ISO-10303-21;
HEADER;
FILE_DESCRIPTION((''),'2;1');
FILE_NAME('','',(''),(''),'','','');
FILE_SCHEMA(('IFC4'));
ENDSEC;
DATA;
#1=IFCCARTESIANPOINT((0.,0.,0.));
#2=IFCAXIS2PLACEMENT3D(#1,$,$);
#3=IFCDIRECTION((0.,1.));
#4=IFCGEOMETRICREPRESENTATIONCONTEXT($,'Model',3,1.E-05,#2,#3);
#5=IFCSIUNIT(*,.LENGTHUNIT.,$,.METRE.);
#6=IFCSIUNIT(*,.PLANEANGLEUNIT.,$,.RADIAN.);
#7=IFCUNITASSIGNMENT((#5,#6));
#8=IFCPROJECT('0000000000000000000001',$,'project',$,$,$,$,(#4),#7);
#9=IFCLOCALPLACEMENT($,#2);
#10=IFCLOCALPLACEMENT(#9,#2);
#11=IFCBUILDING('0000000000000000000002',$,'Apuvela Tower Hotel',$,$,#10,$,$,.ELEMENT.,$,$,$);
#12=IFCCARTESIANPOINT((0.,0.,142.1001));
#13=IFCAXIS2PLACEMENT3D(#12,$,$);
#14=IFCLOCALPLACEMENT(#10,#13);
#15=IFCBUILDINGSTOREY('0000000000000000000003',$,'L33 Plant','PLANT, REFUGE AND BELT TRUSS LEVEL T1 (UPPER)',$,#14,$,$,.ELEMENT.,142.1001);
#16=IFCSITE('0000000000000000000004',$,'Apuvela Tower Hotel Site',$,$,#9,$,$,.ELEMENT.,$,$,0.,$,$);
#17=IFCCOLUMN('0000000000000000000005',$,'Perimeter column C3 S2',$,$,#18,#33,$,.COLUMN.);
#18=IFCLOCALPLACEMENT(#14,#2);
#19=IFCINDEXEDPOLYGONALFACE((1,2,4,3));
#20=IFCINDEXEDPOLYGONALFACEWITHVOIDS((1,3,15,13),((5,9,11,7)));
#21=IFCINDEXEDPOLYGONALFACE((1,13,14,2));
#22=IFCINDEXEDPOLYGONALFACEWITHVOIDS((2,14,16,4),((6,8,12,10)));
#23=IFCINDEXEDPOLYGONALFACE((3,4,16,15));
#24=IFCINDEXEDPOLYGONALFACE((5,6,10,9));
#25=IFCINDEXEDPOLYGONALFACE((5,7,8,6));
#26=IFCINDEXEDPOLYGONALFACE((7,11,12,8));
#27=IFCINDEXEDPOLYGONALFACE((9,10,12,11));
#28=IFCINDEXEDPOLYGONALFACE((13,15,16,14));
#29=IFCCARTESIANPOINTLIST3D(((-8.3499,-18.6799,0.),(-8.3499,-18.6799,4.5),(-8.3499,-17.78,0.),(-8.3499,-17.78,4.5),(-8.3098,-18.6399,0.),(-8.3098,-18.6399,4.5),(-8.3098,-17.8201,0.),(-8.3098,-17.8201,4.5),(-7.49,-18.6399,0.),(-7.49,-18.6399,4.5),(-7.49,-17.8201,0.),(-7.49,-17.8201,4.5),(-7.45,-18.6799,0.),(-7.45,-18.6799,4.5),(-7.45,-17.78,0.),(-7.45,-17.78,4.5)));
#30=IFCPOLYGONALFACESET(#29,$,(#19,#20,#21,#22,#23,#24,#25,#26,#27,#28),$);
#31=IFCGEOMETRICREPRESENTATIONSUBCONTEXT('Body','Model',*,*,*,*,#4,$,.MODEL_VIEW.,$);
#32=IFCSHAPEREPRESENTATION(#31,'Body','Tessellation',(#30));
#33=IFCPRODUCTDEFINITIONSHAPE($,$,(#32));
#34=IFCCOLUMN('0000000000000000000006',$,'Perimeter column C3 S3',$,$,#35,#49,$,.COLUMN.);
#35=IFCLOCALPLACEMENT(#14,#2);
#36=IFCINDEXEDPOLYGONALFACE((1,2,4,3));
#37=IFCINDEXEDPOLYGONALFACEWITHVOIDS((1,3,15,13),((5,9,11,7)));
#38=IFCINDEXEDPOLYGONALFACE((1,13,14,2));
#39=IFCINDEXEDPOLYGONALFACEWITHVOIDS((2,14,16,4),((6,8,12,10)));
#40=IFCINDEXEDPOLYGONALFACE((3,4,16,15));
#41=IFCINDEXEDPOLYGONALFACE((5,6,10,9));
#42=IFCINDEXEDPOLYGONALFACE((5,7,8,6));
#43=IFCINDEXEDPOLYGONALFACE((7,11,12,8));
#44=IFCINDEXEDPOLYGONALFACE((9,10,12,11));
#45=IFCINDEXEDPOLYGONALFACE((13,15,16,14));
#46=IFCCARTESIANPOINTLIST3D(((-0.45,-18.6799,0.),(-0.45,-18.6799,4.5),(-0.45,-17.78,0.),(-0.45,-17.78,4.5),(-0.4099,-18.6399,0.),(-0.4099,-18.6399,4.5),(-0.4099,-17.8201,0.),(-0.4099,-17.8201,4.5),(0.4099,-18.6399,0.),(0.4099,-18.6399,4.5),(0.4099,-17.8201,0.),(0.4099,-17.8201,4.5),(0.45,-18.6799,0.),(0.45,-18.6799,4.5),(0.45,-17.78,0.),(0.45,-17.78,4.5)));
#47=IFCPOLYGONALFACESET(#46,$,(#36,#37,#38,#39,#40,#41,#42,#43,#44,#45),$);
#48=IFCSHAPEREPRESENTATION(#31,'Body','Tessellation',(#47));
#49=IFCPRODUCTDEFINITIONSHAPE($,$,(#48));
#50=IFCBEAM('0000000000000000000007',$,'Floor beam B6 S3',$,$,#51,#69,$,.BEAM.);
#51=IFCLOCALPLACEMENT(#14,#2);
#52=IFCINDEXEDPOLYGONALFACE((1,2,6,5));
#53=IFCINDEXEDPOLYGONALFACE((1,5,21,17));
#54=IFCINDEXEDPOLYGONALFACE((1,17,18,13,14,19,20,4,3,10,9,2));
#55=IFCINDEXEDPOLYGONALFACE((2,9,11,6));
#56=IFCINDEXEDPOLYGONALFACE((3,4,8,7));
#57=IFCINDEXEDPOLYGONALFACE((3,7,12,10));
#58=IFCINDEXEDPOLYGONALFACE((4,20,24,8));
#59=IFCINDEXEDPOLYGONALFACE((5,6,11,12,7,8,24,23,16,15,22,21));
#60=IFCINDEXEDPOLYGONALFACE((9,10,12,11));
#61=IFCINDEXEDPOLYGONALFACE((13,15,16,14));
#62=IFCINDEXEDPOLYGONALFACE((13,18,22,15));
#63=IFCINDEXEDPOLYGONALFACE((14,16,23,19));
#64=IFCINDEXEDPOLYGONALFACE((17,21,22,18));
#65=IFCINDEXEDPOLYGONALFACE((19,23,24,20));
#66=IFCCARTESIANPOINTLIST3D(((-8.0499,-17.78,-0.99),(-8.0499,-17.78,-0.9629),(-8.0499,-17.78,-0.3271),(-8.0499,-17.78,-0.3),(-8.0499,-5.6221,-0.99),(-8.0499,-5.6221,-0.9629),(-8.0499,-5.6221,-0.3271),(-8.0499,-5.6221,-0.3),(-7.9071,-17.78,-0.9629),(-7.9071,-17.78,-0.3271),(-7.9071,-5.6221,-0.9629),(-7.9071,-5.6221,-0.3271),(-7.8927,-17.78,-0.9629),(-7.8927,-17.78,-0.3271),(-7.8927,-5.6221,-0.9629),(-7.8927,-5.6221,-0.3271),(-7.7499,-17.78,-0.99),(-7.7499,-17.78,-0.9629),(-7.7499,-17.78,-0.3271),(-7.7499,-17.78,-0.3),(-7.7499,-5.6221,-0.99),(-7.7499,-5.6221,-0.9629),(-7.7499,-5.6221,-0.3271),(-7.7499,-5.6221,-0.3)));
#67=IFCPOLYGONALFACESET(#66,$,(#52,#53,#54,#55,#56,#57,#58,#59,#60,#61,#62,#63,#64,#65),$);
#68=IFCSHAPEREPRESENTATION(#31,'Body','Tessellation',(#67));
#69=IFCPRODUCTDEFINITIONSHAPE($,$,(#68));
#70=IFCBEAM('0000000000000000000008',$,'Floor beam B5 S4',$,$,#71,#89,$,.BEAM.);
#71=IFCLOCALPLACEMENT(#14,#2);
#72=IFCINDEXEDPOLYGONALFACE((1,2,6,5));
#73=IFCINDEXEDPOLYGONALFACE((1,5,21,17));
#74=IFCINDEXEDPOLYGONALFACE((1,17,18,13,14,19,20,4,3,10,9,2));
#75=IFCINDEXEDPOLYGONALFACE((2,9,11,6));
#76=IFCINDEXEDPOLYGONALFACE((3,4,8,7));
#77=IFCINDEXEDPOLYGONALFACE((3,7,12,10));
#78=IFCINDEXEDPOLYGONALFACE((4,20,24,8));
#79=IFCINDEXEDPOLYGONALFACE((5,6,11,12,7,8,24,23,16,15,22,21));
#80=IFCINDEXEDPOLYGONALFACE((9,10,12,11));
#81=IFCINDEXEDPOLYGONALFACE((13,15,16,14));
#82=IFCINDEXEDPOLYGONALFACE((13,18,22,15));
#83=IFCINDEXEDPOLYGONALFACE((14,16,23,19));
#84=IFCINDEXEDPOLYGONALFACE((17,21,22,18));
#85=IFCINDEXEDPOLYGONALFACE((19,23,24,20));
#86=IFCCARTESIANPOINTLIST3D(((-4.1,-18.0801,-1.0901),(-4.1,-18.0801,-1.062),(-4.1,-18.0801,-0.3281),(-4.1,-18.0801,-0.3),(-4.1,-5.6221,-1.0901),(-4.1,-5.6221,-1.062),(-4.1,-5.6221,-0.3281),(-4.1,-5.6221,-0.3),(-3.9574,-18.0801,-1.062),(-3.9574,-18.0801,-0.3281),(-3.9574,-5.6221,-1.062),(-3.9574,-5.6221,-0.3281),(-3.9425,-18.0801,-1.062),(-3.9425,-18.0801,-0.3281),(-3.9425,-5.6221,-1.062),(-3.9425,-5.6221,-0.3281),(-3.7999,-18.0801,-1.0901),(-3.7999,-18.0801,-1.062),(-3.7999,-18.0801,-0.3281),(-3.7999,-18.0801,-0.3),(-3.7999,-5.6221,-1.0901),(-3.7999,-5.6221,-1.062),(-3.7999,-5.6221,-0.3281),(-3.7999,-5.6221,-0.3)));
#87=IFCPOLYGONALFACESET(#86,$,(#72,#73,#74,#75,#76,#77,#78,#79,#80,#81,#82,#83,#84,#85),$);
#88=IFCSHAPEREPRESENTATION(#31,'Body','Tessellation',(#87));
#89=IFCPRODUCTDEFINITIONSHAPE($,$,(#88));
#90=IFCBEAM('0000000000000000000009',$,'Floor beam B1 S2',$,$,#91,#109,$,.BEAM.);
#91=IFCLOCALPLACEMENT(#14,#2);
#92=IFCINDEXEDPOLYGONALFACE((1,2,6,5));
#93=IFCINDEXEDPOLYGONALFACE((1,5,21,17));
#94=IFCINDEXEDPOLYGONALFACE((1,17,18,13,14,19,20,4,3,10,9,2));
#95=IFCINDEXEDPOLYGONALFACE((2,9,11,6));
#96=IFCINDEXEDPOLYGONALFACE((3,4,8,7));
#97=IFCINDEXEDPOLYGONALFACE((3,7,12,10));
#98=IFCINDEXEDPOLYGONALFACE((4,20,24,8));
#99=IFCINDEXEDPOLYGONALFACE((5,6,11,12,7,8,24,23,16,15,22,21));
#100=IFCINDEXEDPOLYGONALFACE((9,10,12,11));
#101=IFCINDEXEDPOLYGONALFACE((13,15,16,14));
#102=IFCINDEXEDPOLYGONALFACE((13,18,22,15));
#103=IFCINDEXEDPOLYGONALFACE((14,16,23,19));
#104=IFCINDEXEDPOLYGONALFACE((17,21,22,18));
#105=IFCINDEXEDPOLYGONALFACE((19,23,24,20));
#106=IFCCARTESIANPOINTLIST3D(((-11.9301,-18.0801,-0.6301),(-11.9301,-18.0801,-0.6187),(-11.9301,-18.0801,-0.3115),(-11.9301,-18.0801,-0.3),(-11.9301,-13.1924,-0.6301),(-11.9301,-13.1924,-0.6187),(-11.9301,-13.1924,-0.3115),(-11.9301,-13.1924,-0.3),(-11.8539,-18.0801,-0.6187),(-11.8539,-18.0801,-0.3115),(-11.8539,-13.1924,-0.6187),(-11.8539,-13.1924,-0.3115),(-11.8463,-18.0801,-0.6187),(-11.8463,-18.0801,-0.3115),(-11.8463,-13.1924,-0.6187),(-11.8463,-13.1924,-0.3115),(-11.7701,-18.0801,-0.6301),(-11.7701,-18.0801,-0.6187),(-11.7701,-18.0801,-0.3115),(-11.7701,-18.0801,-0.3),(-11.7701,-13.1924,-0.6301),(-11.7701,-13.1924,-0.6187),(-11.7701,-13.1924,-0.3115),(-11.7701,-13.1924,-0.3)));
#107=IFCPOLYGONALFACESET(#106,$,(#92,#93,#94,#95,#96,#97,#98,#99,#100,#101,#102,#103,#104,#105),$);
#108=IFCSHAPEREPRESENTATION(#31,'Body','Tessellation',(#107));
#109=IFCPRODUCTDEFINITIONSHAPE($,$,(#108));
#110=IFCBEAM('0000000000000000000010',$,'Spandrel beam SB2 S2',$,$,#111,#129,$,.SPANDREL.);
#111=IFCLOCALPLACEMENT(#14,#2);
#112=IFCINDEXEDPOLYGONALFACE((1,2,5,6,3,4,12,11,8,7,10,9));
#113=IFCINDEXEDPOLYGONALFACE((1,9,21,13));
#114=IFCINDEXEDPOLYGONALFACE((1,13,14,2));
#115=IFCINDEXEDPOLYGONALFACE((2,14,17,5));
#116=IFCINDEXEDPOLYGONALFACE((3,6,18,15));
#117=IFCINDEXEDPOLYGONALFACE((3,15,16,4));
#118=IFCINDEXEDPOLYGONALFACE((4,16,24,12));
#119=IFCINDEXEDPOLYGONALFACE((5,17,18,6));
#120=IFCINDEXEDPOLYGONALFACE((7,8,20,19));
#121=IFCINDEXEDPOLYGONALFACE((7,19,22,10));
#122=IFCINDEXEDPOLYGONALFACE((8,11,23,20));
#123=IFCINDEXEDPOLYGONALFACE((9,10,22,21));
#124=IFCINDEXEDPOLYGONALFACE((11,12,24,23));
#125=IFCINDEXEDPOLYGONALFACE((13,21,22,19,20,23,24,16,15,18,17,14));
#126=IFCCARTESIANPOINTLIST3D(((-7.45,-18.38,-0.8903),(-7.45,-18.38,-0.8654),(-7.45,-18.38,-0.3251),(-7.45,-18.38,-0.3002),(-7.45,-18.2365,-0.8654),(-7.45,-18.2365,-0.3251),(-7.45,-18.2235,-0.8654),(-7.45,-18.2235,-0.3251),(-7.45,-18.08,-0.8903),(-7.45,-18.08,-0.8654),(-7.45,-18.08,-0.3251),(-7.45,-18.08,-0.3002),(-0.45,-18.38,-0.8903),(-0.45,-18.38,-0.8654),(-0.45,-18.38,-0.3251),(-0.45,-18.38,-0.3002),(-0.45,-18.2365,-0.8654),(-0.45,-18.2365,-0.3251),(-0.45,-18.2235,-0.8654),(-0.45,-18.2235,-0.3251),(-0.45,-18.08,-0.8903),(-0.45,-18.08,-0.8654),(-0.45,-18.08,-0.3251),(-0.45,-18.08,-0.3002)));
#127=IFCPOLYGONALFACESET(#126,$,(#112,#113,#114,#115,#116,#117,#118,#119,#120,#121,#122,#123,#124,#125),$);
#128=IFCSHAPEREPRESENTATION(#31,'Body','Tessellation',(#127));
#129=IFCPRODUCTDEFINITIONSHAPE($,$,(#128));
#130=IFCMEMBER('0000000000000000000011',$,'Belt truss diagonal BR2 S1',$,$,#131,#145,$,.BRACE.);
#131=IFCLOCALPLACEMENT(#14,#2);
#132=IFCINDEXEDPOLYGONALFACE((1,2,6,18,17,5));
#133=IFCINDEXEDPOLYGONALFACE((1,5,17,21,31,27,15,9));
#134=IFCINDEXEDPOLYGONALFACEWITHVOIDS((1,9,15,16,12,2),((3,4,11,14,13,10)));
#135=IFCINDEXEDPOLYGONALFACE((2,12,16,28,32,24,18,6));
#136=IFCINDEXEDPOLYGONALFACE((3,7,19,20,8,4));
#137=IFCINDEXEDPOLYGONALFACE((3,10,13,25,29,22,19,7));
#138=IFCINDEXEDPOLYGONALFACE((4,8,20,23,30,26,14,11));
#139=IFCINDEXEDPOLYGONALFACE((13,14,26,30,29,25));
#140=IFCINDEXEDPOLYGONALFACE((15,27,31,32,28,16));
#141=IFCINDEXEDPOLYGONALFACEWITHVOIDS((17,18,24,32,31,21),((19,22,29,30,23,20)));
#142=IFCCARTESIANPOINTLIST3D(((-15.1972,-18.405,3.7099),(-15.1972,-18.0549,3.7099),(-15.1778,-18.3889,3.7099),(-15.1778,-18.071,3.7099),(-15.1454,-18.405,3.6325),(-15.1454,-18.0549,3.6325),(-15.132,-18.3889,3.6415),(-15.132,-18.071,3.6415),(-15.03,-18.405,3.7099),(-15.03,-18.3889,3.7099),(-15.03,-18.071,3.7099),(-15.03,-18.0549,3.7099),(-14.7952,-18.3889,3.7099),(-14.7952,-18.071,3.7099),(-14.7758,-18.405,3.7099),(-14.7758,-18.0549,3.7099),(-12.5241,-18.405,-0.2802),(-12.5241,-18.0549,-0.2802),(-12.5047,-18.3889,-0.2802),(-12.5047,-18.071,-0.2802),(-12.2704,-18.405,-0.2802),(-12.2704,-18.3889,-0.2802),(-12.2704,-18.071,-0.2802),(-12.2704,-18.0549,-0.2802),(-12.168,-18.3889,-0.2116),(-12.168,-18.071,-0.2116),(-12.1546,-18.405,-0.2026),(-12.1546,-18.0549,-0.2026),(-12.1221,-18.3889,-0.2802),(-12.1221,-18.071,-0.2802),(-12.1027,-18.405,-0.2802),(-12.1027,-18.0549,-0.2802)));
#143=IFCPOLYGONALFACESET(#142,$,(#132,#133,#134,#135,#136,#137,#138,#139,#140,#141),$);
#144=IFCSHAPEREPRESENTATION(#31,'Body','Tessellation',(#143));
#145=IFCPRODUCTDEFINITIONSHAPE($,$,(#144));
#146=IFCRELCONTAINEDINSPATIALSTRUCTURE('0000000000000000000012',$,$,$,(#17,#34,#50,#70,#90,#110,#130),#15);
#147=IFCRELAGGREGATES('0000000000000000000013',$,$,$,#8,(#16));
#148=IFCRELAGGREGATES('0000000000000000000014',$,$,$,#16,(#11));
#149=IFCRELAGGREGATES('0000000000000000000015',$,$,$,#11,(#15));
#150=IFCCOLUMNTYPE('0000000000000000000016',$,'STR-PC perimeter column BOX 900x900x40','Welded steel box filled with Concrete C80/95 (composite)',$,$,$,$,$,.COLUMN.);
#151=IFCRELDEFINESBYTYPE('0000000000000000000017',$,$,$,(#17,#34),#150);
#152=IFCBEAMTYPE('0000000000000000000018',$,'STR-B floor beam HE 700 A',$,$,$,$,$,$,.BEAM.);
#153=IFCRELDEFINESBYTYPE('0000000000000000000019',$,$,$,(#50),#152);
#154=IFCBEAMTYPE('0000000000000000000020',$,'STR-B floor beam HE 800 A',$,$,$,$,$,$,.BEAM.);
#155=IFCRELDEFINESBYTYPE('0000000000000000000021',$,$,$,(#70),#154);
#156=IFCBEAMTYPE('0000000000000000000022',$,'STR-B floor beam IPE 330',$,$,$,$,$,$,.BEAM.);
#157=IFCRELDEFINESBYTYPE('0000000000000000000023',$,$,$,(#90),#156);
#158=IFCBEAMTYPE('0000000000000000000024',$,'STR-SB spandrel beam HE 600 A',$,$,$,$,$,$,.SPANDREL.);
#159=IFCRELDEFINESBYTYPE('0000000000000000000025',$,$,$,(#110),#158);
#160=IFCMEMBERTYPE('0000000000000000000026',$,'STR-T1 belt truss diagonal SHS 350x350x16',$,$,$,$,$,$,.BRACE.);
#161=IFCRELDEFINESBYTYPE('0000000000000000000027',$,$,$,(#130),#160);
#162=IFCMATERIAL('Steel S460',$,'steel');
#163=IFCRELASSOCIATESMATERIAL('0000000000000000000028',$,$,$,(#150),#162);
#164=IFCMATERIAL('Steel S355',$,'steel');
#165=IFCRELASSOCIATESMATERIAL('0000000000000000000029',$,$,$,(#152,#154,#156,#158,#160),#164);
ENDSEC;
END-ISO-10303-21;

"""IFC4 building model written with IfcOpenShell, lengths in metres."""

from ifc_helpers import new_model, si_unit, direction, frame, origin, origin_2d, place, context, subcontext, project, spatial, rectangle, hollow_rectangle, i_section, extrude, boolean, halfspace, material, material_profile, profile_set, type_object, element, save


model = new_model("IFC4")

# Units and contexts
model_context = context("Model", 3, precision=1e-05, world=origin(), true_north=direction((0.0, 1.0)))
body_context = subcontext(model_context, "Body", "Model", "MODEL_VIEW")
ifc_project = project(units=[si_unit("LENGTHUNIT", "METRE"), si_unit("PLANEANGLEUNIT", "RADIAN")], contexts=[model_context])

# Site, building, storey
site_placement = place(None, origin())
site = spatial("IfcSite", under=ifc_project, at=site_placement, Name="Apuvela Tower Hotel Site", CompositionType="ELEMENT", RefElevation=0.0)
building_placement = place(site_placement, origin())
building = spatial("IfcBuilding", under=site, at=building_placement, Name="Apuvela Tower Hotel", CompositionType="ELEMENT")
storey_placement = place(building_placement, frame((0.0, 0.0, 142.1001)))
storey = spatial("IfcBuildingStorey", under=building, at=storey_placement, Name="L33 Plant", Description="PLANT, REFUGE AND BELT TRUSS LEVEL T1 (UPPER)", CompositionType="ELEMENT", Elevation=142.1001)

# Columns
ifc_material_1 = material(Name="Steel S460", Category="steel")
ifc_material_profile_1 = material_profile(ifc_material_1, hollow_rectangle(XDim=0.8999, YDim=0.8999, WallThickness=0.04, at=origin_2d()), Name="BOX 900x900x40")
ifc_material_2 = material(Name="Concrete C80/95", Category="concrete")
ifc_material_profile_2 = material_profile(ifc_material_2, rectangle(XDim=0.8201, YDim=0.8201, at=origin_2d()), Name="Concrete C80/95 infill")
ifc_profile_set_1 = profile_set([ifc_material_profile_1, ifc_material_profile_2], Name="Steel S460")
column_type = type_object("IfcColumnType", Name="STR-PC perimeter column BOX 900x900x40", Description="Welded steel box filled with Concrete C80/95 (composite)", PredefinedType="COLUMN", material=ifc_profile_set_1)
for number, where, z_axis, x_axis, name in (
    (1, (-7.8999, -18.23, 0.0), (0.0, 0.0, 1.0), (-1.0, 0.0, 0.0), "Perimeter column C3 S2"),
    (2, (0.0, -18.23, 0.0), (0.0, 0.0, 1.0), (-1.0, 0.0, 0.0), "Perimeter column C3 S3"),
):
    element("IfcColumn", number, at=place(storey_placement, frame(where, z_axis=z_axis, x_axis=x_axis)), inside=storey, type_object=column_type, Name=name, PredefinedType="COLUMN", context=body_context, shape_type="SweptSolid", body=[
        extrude(hollow_rectangle(XDim=0.8999, YDim=0.8999, WallThickness=0.04, at=origin_2d()), origin(), (0.0, 0.0, 1.0), 4.5),
    ])

# Beams
ifc_material_3 = material(Name="Steel S355", Category="steel")
ifc_material_profile_3 = material_profile(ifc_material_3, i_section(OverallWidth=0.3, OverallDepth=0.6899, WebThickness=0.0144, FlangeThickness=0.0271, at=origin_2d()), Name="HE 700 A")
ifc_profile_set_2 = profile_set([ifc_material_profile_3], Name="Steel S355")
beam_type_1 = type_object("IfcBeamType", Name="STR-B floor beam HE 700 A", PredefinedType="BEAM", material=ifc_profile_set_2)
beam_1_placement = place(storey_placement, frame((-7.8999, -17.78, -0.645), z_axis=(0.0, 1.0, 0.0), x_axis=(-1.0, 0.0, 0.0)))
element("IfcBeam", 3, at=beam_1_placement, inside=storey, type_object=beam_type_1, Name="Floor beam B6 S3", PredefinedType="BEAM", context=body_context, shape_type="SweptSolid", body=[
    extrude(i_section(OverallWidth=0.3, OverallDepth=0.6899, WebThickness=0.0144, FlangeThickness=0.0271, at=origin_2d()), origin(), (0.0, 0.0, 1.0), 12.158),
])
ifc_material_profile_4 = material_profile(ifc_material_3, i_section(OverallWidth=0.3, OverallDepth=0.79, WebThickness=0.0149, FlangeThickness=0.0281, at=origin_2d()), Name="HE 800 A")
ifc_profile_set_3 = profile_set([ifc_material_profile_4], Name="Steel S355")
beam_type_2 = type_object("IfcBeamType", Name="STR-B floor beam HE 800 A", PredefinedType="BEAM", material=ifc_profile_set_3)
beam_2_placement = place(storey_placement, frame((-3.95, -18.0801, -0.6951), z_axis=(0.0, 1.0, 0.0), x_axis=(-1.0, 0.0, 0.0)))
element("IfcBeam", 4, at=beam_2_placement, inside=storey, type_object=beam_type_2, Name="Floor beam B5 S4", PredefinedType="BEAM", context=body_context, shape_type="SweptSolid", body=[
    extrude(i_section(OverallWidth=0.3, OverallDepth=0.79, WebThickness=0.0149, FlangeThickness=0.0281, at=origin_2d()), origin(), (0.0, 0.0, 1.0), 12.458),
])
ifc_material_profile_5 = material_profile(ifc_material_3, i_section(OverallWidth=0.1599, OverallDepth=0.3301, WebThickness=0.0076, FlangeThickness=0.0115, at=origin_2d()), Name="IPE 330")
ifc_profile_set_4 = profile_set([ifc_material_profile_5], Name="Steel S355")
beam_type_3 = type_object("IfcBeamType", Name="STR-B floor beam IPE 330", PredefinedType="BEAM", material=ifc_profile_set_4)
beam_3_placement = place(storey_placement, frame((-11.8501, -18.0801, -0.4651), z_axis=(0.0, 1.0, 0.0), x_axis=(-1.0, 0.0, 0.0)))
element("IfcBeam", 5, at=beam_3_placement, inside=storey, type_object=beam_type_3, Name="Floor beam B1 S2", PredefinedType="BEAM", context=body_context, shape_type="SweptSolid", body=[
    extrude(i_section(OverallWidth=0.1599, OverallDepth=0.3301, WebThickness=0.0076, FlangeThickness=0.0115, at=origin_2d()), origin(), (0.0, 0.0, 1.0), 4.8877),
])
ifc_material_profile_6 = material_profile(ifc_material_3, i_section(OverallWidth=0.3, OverallDepth=0.5901, WebThickness=0.0129, FlangeThickness=0.0249, at=origin_2d()), Name="HE 600 A")
ifc_profile_set_5 = profile_set([ifc_material_profile_6], Name="Steel S355")
beam_type_4 = type_object("IfcBeamType", Name="STR-SB spandrel beam HE 600 A", PredefinedType="SPANDREL", material=ifc_profile_set_5)
beam_4_placement = place(storey_placement, frame((-7.45, -18.23, -0.5952), z_axis=(1.0, 0.0, 0.0), x_axis=(0.0, 1.0, 0.0)))
element("IfcBeam", 6, at=beam_4_placement, inside=storey, type_object=beam_type_4, Name="Spandrel beam SB2 S2", PredefinedType="SPANDREL", context=body_context, shape_type="SweptSolid", body=[
    extrude(i_section(OverallWidth=0.3, OverallDepth=0.5901, WebThickness=0.0129, FlangeThickness=0.0249, at=origin_2d()), origin(), (0.0, 0.0, 1.0), 7.0),
])

# Member
ifc_material_profile_7 = material_profile(ifc_material_3, hollow_rectangle(XDim=0.3501, YDim=0.3501, WallThickness=0.0161, at=origin_2d()), Name="SHS 350x350x16")
ifc_profile_set_6 = profile_set([ifc_material_profile_7], Name="Steel S355")
member_type = type_object("IfcMemberType", Name="STR-T1 belt truss diagonal SHS 350x350x16", PredefinedType="BRACE", material=ifc_profile_set_6)
member_1_placement = place(storey_placement, frame((-12.3, -18.23, -0.3), z_axis=(-0.556592, 0.0, 0.830786), x_axis=(0.830786, 0.0, 0.556592)))
solid_1 = boolean("DIFFERENCE", boolean("DIFFERENCE", extrude(hollow_rectangle(XDim=0.3501, YDim=0.3501, WallThickness=0.0161, at=origin_2d()), frame((0.0, 0.0, -0.2373)), (0.0, 0.0, 1.0), 5.3252), halfspace(frame((0.0, 0.0, 0.0239), z_axis=(0.556592, 0.0, 0.830786), x_axis=(0.830786, 0.0, -0.556592)), True)), halfspace(frame((0.0, 0.0, 4.8267), z_axis=(0.556592, 0.0, 0.830786), x_axis=(0.830786, 0.0, -0.556592)), False))
element("IfcMember", 7, at=member_1_placement, inside=storey, type_object=member_type, Name="Belt truss diagonal BR2 S1", PredefinedType="BRACE", context=body_context, shape_type="SweptSolid", body=[
    boolean("UNION", boolean("DIFFERENCE", boolean("DIFFERENCE", extrude(hollow_rectangle(XDim=0.3501, YDim=0.3501, WallThickness=0.0161, at=origin_2d()), origin(), (0.0, 0.0, 1.0), 4.8508), halfspace(frame((0.0, 0.0, 0.0239), z_axis=(0.556592, 0.0, 0.830786), x_axis=(0.830786, 0.0, -0.556592)), True)), halfspace(frame((0.0, 0.0, 4.8267), z_axis=(0.556592, 0.0, 0.830786), x_axis=(0.830786, 0.0, -0.556592)), False)), solid_1),
])

save(model, "model.ifc")
